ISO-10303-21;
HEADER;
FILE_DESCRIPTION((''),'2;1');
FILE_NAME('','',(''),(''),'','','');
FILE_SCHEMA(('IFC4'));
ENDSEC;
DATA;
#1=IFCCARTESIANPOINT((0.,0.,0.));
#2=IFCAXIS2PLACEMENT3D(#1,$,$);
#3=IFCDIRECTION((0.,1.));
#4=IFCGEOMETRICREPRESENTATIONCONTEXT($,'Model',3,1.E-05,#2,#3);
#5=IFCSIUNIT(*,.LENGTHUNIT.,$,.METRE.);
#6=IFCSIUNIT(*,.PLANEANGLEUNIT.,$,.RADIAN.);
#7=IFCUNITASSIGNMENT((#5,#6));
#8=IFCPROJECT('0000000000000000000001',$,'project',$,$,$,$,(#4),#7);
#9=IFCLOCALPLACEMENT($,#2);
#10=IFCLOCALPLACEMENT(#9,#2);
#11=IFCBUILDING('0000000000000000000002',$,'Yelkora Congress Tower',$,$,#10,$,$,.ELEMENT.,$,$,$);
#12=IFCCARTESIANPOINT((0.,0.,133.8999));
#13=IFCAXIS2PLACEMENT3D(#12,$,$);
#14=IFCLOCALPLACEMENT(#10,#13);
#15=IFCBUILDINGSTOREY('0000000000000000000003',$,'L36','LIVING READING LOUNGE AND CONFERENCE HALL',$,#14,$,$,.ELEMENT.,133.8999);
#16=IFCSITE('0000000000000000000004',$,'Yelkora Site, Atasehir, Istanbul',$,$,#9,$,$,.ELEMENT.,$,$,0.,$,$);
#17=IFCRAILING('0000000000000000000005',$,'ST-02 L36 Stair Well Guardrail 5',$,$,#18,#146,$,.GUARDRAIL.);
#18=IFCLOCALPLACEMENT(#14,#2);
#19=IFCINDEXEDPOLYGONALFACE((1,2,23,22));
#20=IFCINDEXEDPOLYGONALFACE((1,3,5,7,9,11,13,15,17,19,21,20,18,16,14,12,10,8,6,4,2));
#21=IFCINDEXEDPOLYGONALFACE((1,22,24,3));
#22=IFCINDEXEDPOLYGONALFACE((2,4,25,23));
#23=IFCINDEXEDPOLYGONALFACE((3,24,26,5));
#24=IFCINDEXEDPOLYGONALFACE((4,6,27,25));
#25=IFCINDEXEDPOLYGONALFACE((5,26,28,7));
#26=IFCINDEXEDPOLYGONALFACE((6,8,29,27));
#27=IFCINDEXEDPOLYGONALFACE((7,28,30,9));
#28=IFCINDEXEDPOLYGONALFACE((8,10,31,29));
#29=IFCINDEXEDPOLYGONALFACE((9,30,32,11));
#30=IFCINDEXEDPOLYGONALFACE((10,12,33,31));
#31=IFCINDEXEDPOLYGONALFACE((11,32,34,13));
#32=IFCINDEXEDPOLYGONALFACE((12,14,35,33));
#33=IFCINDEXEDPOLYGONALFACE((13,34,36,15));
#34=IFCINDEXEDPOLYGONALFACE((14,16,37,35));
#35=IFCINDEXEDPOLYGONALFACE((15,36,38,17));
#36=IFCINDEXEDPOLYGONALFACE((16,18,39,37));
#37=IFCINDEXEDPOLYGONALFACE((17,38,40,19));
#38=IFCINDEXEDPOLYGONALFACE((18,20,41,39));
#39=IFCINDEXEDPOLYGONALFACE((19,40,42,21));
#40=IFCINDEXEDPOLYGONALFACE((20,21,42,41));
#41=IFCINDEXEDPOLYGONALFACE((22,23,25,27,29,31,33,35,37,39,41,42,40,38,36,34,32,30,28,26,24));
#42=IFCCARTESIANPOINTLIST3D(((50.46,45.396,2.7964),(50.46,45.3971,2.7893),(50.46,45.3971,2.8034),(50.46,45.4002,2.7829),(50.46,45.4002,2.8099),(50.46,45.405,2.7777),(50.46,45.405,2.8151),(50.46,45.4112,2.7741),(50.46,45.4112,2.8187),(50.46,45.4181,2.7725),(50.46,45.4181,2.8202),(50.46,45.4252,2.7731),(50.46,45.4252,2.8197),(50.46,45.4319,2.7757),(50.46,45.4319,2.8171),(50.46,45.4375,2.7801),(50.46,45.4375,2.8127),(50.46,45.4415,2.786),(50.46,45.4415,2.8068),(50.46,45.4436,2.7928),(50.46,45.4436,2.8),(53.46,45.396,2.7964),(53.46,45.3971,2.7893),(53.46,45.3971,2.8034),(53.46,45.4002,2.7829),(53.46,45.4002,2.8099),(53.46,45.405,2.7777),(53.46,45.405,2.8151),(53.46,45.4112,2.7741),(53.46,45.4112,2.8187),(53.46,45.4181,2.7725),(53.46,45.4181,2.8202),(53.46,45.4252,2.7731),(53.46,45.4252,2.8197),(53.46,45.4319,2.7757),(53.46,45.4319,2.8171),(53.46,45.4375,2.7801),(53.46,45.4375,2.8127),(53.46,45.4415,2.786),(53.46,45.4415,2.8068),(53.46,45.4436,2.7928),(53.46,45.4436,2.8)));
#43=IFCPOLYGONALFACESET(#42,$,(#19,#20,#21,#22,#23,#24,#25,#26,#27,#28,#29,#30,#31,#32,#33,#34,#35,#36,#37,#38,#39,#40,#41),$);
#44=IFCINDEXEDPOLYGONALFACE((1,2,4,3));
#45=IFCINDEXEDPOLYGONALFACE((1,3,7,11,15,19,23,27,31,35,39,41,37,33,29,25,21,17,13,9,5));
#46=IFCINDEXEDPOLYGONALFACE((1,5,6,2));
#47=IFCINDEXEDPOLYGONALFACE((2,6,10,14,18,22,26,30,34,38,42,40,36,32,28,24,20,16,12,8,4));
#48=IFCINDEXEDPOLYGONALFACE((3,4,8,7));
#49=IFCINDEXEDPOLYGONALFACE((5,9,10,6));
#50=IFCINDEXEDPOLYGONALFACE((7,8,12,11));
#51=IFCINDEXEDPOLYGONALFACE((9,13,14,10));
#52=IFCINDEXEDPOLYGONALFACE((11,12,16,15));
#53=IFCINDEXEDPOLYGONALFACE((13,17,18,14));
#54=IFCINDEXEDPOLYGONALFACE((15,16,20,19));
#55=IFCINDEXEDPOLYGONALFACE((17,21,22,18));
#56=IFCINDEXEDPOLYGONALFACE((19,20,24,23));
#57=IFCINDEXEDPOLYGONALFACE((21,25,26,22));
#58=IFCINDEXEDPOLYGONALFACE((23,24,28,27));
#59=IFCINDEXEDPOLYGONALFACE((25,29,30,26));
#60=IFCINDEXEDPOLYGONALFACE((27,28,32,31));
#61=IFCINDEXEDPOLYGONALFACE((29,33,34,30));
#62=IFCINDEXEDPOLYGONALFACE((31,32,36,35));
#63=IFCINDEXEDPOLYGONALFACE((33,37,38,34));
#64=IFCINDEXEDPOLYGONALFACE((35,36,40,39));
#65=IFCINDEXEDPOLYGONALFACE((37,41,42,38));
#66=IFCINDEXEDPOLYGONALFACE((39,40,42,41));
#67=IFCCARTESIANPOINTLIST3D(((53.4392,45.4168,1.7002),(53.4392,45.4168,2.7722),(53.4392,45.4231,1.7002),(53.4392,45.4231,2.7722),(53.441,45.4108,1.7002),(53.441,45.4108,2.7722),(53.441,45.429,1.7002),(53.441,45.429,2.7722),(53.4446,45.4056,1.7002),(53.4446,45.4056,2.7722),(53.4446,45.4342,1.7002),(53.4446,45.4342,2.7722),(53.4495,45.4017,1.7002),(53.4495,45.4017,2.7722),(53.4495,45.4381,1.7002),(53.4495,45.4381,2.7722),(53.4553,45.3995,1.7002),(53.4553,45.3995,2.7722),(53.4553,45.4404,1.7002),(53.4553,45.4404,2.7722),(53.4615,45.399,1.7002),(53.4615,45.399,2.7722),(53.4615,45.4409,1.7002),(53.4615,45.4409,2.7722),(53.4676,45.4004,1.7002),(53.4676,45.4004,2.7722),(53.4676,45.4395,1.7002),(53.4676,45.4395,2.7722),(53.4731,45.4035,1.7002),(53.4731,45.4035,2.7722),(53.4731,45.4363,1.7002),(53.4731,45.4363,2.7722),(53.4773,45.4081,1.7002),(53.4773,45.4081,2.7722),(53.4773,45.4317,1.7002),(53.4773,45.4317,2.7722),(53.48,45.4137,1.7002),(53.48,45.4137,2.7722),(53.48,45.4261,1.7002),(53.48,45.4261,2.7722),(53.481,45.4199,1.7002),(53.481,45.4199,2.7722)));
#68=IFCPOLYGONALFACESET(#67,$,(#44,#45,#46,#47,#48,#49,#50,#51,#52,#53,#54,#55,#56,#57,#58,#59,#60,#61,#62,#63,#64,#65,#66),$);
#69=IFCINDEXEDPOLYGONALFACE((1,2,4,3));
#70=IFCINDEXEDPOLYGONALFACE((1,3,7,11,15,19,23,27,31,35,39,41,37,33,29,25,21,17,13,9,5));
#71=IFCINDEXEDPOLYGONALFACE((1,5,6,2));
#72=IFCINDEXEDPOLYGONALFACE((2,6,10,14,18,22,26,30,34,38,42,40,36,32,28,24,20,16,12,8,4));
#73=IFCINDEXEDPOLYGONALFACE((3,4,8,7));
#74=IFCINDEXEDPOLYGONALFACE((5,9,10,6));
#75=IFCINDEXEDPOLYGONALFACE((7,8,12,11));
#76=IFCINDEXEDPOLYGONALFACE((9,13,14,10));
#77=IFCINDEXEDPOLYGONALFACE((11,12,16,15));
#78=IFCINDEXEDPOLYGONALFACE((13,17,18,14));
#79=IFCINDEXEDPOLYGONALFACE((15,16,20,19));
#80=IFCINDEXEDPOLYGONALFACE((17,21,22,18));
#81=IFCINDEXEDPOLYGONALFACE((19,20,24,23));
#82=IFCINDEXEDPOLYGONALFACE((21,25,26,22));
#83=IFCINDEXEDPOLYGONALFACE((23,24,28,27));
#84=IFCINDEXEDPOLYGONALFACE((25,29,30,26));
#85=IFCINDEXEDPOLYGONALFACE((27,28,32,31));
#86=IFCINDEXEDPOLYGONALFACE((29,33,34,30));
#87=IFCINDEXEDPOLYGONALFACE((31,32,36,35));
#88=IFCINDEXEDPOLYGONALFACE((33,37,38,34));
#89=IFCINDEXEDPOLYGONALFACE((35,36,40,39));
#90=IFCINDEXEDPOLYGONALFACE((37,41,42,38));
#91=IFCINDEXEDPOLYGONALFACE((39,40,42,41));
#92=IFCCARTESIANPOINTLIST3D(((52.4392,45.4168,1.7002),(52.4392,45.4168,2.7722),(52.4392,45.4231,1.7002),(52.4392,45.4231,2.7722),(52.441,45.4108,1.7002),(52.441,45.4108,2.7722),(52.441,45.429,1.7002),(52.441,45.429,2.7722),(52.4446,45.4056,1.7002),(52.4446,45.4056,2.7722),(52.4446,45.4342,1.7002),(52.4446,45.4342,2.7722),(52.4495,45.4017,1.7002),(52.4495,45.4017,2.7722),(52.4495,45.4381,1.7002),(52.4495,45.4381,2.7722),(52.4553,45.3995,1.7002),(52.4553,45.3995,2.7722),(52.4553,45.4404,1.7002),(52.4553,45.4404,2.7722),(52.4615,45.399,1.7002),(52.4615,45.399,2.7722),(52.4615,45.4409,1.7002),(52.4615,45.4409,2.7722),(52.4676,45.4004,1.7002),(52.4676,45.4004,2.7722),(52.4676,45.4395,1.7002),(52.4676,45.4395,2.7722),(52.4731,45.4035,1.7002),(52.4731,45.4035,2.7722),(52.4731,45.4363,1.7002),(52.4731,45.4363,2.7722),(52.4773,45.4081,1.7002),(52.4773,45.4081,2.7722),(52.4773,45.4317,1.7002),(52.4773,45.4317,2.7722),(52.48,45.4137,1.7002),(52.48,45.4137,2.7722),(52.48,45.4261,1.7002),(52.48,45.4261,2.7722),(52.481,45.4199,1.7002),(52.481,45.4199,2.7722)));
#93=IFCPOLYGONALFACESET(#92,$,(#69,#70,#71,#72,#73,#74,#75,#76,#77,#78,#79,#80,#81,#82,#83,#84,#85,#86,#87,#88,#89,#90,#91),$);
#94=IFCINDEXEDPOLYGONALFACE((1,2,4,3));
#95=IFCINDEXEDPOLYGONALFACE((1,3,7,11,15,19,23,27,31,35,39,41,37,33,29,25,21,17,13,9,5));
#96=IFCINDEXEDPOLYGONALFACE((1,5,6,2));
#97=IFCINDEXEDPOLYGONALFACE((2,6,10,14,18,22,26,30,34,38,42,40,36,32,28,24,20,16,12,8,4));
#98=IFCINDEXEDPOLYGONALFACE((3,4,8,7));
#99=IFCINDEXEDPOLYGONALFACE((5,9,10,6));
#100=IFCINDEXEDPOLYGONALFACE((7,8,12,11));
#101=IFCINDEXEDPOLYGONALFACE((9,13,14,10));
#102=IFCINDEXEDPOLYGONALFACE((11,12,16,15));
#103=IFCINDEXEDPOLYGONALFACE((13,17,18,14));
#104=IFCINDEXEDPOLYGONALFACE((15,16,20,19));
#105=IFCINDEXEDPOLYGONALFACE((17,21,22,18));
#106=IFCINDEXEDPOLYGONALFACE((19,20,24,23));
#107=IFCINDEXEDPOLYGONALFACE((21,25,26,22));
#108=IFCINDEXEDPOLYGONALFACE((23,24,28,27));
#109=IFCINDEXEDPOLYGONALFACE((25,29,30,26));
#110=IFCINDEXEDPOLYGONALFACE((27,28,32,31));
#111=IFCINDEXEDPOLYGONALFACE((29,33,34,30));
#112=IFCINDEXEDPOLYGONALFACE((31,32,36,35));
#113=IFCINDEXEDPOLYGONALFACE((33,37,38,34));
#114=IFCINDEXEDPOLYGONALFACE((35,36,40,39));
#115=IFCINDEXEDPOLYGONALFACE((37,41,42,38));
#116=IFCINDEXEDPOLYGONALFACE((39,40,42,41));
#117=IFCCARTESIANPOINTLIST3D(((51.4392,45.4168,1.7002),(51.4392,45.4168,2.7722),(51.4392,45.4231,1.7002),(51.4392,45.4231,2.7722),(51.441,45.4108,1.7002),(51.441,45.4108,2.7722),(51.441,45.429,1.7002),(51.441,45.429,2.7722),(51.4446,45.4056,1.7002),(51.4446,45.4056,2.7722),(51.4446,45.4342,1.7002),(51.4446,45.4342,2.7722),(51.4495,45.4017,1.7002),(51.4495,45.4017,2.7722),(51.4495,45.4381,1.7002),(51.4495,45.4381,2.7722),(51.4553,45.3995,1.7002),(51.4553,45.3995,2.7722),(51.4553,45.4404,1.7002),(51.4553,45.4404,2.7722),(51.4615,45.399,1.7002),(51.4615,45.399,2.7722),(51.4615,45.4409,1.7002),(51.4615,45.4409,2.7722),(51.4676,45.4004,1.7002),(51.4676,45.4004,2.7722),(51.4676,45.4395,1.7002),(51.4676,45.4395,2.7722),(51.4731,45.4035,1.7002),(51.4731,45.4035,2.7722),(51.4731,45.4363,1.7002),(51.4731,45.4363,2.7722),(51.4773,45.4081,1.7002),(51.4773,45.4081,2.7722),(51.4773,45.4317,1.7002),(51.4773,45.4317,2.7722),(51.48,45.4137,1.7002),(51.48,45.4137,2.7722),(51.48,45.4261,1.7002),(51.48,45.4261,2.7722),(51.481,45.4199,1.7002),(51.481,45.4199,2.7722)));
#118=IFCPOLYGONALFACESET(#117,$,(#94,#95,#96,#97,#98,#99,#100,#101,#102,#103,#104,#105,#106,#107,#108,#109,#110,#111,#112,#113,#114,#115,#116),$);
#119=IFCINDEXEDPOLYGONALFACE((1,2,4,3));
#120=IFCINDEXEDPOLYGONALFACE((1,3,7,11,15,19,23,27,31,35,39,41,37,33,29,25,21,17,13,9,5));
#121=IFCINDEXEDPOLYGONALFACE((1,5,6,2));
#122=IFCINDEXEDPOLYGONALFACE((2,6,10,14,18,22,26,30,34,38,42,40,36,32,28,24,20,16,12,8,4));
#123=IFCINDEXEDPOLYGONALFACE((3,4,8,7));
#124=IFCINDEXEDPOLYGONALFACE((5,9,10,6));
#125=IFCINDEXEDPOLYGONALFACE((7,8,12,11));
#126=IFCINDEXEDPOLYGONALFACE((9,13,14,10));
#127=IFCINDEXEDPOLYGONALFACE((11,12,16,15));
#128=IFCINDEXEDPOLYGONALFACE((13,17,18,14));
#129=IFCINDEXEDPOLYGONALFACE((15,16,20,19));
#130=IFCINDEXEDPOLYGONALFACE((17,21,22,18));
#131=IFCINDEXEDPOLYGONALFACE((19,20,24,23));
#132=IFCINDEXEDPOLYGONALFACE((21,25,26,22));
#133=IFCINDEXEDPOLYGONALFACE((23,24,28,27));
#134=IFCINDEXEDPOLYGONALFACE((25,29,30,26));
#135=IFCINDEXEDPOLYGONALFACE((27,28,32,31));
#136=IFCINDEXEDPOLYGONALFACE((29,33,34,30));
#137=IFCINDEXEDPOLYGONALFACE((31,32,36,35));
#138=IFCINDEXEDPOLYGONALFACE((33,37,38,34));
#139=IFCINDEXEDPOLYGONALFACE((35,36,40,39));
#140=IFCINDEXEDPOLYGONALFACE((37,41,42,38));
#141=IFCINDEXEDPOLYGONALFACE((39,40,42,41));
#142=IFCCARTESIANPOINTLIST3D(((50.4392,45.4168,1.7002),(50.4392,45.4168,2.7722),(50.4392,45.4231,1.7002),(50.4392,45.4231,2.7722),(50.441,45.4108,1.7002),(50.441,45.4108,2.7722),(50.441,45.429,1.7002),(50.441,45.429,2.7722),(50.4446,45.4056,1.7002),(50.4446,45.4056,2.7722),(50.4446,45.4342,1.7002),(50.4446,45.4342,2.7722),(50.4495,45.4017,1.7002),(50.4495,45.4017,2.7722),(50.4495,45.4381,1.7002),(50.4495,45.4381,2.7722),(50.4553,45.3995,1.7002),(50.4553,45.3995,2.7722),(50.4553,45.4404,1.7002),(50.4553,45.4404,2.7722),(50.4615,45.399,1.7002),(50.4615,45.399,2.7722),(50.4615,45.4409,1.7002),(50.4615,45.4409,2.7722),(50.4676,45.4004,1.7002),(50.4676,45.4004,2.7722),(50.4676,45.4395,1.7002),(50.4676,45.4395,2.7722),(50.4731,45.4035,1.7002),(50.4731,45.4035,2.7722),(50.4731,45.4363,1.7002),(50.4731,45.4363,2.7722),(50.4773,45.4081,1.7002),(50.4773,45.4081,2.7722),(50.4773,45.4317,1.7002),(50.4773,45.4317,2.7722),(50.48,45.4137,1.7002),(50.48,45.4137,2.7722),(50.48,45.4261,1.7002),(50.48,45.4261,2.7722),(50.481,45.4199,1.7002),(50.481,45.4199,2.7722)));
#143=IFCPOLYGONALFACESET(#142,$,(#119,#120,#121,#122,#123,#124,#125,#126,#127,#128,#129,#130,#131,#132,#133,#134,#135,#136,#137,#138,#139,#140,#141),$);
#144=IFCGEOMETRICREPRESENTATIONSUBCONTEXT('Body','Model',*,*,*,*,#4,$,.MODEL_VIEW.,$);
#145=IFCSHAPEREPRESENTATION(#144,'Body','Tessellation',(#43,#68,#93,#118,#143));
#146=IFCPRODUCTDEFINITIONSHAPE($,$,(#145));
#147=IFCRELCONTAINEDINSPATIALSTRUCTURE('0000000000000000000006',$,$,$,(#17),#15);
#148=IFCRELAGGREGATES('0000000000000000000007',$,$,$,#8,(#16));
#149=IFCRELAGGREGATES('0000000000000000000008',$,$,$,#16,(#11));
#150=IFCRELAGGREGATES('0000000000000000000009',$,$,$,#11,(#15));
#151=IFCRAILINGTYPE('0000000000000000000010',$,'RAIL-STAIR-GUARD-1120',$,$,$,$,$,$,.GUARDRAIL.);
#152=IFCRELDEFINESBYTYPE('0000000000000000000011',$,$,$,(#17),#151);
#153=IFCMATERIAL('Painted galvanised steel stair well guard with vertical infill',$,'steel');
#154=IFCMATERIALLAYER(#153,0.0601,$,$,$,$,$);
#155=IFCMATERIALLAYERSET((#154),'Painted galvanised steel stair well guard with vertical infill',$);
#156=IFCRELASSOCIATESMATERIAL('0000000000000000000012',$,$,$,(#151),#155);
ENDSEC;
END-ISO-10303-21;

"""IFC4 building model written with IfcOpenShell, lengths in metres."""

from ifc_helpers import new_model, si_unit, direction, frame, origin, origin_2d, place, context, subcontext, project, spatial, circle, extrude, material, layer, layer_set, type_object, element, save


model = new_model("IFC4")

# Units and contexts
model_context = context("Model", 3, precision=1e-05, world=origin(), true_north=direction((0.0, 1.0)))
body_context = subcontext(model_context, "Body", "Model", "MODEL_VIEW")
ifc_project = project(units=[si_unit("LENGTHUNIT", "METRE"), si_unit("PLANEANGLEUNIT", "RADIAN")], contexts=[model_context])

# Site, building, storey
site_placement = place(None, origin())
site = spatial("IfcSite", under=ifc_project, at=site_placement, Name="Yelkora Site, Atasehir, Istanbul", CompositionType="ELEMENT", RefElevation=0.0)
building_placement = place(site_placement, origin())
building = spatial("IfcBuilding", under=site, at=building_placement, Name="Yelkora Congress Tower", CompositionType="ELEMENT")
storey_placement = place(building_placement, frame((0.0, 0.0, 133.8999)))
storey = spatial("IfcBuildingStorey", under=building, at=storey_placement, Name="L36", Description="LIVING READING LOUNGE AND CONFERENCE HALL", CompositionType="ELEMENT", Elevation=133.8999)

# Railing
ifc_material_1 = material(Name="Painted galvanised steel stair well guard with vertical infill", Category="steel")
ifc_layer_1 = layer(ifc_material_1, 0.0601)
ifc_layer_set_1 = layer_set([ifc_layer_1], Name="Painted galvanised steel stair well guard with vertical infill")
railing_type_1 = type_object("IfcRailingType", Name="RAIL-STAIR-GUARD-1120", PredefinedType="GUARDRAIL", material=ifc_layer_set_1)
railing_1_placement = place(storey_placement, frame((53.46, 45.4199, 1.7002)))
element("IfcRailing", 1, at=railing_1_placement, inside=storey, type_object=railing_type_1, Name="ST-02 L36 Stair Well Guardrail 5", PredefinedType="GUARDRAIL", context=body_context, shape_type="SweptSolid", body=[
    extrude(circle(Radius=0.0239, at=origin_2d()), frame((0.0, 0.0, 1.0962), z_axis=(-1.0, 0.0, 0.0), x_axis=(0.0, -1.0, 0.0)), (0.0, 0.0, 1.0), 3.0),
    extrude(circle(Radius=0.021, at=origin_2d()), origin(), (0.0, 0.0, 1.0), 1.072),
    extrude(circle(Radius=0.021, at=origin_2d()), frame((-1.0, 0.0, 0.0)), (0.0, 0.0, 1.0), 1.072),
    extrude(circle(Radius=0.021, at=origin_2d()), frame((-2.0, 0.0, 0.0)), (0.0, 0.0, 1.0), 1.072),
    extrude(circle(Radius=0.021, at=origin_2d()), frame((-3.0, 0.0, 0.0)), (0.0, 0.0, 1.0), 1.072),
])

save(model, "model.ifc")
